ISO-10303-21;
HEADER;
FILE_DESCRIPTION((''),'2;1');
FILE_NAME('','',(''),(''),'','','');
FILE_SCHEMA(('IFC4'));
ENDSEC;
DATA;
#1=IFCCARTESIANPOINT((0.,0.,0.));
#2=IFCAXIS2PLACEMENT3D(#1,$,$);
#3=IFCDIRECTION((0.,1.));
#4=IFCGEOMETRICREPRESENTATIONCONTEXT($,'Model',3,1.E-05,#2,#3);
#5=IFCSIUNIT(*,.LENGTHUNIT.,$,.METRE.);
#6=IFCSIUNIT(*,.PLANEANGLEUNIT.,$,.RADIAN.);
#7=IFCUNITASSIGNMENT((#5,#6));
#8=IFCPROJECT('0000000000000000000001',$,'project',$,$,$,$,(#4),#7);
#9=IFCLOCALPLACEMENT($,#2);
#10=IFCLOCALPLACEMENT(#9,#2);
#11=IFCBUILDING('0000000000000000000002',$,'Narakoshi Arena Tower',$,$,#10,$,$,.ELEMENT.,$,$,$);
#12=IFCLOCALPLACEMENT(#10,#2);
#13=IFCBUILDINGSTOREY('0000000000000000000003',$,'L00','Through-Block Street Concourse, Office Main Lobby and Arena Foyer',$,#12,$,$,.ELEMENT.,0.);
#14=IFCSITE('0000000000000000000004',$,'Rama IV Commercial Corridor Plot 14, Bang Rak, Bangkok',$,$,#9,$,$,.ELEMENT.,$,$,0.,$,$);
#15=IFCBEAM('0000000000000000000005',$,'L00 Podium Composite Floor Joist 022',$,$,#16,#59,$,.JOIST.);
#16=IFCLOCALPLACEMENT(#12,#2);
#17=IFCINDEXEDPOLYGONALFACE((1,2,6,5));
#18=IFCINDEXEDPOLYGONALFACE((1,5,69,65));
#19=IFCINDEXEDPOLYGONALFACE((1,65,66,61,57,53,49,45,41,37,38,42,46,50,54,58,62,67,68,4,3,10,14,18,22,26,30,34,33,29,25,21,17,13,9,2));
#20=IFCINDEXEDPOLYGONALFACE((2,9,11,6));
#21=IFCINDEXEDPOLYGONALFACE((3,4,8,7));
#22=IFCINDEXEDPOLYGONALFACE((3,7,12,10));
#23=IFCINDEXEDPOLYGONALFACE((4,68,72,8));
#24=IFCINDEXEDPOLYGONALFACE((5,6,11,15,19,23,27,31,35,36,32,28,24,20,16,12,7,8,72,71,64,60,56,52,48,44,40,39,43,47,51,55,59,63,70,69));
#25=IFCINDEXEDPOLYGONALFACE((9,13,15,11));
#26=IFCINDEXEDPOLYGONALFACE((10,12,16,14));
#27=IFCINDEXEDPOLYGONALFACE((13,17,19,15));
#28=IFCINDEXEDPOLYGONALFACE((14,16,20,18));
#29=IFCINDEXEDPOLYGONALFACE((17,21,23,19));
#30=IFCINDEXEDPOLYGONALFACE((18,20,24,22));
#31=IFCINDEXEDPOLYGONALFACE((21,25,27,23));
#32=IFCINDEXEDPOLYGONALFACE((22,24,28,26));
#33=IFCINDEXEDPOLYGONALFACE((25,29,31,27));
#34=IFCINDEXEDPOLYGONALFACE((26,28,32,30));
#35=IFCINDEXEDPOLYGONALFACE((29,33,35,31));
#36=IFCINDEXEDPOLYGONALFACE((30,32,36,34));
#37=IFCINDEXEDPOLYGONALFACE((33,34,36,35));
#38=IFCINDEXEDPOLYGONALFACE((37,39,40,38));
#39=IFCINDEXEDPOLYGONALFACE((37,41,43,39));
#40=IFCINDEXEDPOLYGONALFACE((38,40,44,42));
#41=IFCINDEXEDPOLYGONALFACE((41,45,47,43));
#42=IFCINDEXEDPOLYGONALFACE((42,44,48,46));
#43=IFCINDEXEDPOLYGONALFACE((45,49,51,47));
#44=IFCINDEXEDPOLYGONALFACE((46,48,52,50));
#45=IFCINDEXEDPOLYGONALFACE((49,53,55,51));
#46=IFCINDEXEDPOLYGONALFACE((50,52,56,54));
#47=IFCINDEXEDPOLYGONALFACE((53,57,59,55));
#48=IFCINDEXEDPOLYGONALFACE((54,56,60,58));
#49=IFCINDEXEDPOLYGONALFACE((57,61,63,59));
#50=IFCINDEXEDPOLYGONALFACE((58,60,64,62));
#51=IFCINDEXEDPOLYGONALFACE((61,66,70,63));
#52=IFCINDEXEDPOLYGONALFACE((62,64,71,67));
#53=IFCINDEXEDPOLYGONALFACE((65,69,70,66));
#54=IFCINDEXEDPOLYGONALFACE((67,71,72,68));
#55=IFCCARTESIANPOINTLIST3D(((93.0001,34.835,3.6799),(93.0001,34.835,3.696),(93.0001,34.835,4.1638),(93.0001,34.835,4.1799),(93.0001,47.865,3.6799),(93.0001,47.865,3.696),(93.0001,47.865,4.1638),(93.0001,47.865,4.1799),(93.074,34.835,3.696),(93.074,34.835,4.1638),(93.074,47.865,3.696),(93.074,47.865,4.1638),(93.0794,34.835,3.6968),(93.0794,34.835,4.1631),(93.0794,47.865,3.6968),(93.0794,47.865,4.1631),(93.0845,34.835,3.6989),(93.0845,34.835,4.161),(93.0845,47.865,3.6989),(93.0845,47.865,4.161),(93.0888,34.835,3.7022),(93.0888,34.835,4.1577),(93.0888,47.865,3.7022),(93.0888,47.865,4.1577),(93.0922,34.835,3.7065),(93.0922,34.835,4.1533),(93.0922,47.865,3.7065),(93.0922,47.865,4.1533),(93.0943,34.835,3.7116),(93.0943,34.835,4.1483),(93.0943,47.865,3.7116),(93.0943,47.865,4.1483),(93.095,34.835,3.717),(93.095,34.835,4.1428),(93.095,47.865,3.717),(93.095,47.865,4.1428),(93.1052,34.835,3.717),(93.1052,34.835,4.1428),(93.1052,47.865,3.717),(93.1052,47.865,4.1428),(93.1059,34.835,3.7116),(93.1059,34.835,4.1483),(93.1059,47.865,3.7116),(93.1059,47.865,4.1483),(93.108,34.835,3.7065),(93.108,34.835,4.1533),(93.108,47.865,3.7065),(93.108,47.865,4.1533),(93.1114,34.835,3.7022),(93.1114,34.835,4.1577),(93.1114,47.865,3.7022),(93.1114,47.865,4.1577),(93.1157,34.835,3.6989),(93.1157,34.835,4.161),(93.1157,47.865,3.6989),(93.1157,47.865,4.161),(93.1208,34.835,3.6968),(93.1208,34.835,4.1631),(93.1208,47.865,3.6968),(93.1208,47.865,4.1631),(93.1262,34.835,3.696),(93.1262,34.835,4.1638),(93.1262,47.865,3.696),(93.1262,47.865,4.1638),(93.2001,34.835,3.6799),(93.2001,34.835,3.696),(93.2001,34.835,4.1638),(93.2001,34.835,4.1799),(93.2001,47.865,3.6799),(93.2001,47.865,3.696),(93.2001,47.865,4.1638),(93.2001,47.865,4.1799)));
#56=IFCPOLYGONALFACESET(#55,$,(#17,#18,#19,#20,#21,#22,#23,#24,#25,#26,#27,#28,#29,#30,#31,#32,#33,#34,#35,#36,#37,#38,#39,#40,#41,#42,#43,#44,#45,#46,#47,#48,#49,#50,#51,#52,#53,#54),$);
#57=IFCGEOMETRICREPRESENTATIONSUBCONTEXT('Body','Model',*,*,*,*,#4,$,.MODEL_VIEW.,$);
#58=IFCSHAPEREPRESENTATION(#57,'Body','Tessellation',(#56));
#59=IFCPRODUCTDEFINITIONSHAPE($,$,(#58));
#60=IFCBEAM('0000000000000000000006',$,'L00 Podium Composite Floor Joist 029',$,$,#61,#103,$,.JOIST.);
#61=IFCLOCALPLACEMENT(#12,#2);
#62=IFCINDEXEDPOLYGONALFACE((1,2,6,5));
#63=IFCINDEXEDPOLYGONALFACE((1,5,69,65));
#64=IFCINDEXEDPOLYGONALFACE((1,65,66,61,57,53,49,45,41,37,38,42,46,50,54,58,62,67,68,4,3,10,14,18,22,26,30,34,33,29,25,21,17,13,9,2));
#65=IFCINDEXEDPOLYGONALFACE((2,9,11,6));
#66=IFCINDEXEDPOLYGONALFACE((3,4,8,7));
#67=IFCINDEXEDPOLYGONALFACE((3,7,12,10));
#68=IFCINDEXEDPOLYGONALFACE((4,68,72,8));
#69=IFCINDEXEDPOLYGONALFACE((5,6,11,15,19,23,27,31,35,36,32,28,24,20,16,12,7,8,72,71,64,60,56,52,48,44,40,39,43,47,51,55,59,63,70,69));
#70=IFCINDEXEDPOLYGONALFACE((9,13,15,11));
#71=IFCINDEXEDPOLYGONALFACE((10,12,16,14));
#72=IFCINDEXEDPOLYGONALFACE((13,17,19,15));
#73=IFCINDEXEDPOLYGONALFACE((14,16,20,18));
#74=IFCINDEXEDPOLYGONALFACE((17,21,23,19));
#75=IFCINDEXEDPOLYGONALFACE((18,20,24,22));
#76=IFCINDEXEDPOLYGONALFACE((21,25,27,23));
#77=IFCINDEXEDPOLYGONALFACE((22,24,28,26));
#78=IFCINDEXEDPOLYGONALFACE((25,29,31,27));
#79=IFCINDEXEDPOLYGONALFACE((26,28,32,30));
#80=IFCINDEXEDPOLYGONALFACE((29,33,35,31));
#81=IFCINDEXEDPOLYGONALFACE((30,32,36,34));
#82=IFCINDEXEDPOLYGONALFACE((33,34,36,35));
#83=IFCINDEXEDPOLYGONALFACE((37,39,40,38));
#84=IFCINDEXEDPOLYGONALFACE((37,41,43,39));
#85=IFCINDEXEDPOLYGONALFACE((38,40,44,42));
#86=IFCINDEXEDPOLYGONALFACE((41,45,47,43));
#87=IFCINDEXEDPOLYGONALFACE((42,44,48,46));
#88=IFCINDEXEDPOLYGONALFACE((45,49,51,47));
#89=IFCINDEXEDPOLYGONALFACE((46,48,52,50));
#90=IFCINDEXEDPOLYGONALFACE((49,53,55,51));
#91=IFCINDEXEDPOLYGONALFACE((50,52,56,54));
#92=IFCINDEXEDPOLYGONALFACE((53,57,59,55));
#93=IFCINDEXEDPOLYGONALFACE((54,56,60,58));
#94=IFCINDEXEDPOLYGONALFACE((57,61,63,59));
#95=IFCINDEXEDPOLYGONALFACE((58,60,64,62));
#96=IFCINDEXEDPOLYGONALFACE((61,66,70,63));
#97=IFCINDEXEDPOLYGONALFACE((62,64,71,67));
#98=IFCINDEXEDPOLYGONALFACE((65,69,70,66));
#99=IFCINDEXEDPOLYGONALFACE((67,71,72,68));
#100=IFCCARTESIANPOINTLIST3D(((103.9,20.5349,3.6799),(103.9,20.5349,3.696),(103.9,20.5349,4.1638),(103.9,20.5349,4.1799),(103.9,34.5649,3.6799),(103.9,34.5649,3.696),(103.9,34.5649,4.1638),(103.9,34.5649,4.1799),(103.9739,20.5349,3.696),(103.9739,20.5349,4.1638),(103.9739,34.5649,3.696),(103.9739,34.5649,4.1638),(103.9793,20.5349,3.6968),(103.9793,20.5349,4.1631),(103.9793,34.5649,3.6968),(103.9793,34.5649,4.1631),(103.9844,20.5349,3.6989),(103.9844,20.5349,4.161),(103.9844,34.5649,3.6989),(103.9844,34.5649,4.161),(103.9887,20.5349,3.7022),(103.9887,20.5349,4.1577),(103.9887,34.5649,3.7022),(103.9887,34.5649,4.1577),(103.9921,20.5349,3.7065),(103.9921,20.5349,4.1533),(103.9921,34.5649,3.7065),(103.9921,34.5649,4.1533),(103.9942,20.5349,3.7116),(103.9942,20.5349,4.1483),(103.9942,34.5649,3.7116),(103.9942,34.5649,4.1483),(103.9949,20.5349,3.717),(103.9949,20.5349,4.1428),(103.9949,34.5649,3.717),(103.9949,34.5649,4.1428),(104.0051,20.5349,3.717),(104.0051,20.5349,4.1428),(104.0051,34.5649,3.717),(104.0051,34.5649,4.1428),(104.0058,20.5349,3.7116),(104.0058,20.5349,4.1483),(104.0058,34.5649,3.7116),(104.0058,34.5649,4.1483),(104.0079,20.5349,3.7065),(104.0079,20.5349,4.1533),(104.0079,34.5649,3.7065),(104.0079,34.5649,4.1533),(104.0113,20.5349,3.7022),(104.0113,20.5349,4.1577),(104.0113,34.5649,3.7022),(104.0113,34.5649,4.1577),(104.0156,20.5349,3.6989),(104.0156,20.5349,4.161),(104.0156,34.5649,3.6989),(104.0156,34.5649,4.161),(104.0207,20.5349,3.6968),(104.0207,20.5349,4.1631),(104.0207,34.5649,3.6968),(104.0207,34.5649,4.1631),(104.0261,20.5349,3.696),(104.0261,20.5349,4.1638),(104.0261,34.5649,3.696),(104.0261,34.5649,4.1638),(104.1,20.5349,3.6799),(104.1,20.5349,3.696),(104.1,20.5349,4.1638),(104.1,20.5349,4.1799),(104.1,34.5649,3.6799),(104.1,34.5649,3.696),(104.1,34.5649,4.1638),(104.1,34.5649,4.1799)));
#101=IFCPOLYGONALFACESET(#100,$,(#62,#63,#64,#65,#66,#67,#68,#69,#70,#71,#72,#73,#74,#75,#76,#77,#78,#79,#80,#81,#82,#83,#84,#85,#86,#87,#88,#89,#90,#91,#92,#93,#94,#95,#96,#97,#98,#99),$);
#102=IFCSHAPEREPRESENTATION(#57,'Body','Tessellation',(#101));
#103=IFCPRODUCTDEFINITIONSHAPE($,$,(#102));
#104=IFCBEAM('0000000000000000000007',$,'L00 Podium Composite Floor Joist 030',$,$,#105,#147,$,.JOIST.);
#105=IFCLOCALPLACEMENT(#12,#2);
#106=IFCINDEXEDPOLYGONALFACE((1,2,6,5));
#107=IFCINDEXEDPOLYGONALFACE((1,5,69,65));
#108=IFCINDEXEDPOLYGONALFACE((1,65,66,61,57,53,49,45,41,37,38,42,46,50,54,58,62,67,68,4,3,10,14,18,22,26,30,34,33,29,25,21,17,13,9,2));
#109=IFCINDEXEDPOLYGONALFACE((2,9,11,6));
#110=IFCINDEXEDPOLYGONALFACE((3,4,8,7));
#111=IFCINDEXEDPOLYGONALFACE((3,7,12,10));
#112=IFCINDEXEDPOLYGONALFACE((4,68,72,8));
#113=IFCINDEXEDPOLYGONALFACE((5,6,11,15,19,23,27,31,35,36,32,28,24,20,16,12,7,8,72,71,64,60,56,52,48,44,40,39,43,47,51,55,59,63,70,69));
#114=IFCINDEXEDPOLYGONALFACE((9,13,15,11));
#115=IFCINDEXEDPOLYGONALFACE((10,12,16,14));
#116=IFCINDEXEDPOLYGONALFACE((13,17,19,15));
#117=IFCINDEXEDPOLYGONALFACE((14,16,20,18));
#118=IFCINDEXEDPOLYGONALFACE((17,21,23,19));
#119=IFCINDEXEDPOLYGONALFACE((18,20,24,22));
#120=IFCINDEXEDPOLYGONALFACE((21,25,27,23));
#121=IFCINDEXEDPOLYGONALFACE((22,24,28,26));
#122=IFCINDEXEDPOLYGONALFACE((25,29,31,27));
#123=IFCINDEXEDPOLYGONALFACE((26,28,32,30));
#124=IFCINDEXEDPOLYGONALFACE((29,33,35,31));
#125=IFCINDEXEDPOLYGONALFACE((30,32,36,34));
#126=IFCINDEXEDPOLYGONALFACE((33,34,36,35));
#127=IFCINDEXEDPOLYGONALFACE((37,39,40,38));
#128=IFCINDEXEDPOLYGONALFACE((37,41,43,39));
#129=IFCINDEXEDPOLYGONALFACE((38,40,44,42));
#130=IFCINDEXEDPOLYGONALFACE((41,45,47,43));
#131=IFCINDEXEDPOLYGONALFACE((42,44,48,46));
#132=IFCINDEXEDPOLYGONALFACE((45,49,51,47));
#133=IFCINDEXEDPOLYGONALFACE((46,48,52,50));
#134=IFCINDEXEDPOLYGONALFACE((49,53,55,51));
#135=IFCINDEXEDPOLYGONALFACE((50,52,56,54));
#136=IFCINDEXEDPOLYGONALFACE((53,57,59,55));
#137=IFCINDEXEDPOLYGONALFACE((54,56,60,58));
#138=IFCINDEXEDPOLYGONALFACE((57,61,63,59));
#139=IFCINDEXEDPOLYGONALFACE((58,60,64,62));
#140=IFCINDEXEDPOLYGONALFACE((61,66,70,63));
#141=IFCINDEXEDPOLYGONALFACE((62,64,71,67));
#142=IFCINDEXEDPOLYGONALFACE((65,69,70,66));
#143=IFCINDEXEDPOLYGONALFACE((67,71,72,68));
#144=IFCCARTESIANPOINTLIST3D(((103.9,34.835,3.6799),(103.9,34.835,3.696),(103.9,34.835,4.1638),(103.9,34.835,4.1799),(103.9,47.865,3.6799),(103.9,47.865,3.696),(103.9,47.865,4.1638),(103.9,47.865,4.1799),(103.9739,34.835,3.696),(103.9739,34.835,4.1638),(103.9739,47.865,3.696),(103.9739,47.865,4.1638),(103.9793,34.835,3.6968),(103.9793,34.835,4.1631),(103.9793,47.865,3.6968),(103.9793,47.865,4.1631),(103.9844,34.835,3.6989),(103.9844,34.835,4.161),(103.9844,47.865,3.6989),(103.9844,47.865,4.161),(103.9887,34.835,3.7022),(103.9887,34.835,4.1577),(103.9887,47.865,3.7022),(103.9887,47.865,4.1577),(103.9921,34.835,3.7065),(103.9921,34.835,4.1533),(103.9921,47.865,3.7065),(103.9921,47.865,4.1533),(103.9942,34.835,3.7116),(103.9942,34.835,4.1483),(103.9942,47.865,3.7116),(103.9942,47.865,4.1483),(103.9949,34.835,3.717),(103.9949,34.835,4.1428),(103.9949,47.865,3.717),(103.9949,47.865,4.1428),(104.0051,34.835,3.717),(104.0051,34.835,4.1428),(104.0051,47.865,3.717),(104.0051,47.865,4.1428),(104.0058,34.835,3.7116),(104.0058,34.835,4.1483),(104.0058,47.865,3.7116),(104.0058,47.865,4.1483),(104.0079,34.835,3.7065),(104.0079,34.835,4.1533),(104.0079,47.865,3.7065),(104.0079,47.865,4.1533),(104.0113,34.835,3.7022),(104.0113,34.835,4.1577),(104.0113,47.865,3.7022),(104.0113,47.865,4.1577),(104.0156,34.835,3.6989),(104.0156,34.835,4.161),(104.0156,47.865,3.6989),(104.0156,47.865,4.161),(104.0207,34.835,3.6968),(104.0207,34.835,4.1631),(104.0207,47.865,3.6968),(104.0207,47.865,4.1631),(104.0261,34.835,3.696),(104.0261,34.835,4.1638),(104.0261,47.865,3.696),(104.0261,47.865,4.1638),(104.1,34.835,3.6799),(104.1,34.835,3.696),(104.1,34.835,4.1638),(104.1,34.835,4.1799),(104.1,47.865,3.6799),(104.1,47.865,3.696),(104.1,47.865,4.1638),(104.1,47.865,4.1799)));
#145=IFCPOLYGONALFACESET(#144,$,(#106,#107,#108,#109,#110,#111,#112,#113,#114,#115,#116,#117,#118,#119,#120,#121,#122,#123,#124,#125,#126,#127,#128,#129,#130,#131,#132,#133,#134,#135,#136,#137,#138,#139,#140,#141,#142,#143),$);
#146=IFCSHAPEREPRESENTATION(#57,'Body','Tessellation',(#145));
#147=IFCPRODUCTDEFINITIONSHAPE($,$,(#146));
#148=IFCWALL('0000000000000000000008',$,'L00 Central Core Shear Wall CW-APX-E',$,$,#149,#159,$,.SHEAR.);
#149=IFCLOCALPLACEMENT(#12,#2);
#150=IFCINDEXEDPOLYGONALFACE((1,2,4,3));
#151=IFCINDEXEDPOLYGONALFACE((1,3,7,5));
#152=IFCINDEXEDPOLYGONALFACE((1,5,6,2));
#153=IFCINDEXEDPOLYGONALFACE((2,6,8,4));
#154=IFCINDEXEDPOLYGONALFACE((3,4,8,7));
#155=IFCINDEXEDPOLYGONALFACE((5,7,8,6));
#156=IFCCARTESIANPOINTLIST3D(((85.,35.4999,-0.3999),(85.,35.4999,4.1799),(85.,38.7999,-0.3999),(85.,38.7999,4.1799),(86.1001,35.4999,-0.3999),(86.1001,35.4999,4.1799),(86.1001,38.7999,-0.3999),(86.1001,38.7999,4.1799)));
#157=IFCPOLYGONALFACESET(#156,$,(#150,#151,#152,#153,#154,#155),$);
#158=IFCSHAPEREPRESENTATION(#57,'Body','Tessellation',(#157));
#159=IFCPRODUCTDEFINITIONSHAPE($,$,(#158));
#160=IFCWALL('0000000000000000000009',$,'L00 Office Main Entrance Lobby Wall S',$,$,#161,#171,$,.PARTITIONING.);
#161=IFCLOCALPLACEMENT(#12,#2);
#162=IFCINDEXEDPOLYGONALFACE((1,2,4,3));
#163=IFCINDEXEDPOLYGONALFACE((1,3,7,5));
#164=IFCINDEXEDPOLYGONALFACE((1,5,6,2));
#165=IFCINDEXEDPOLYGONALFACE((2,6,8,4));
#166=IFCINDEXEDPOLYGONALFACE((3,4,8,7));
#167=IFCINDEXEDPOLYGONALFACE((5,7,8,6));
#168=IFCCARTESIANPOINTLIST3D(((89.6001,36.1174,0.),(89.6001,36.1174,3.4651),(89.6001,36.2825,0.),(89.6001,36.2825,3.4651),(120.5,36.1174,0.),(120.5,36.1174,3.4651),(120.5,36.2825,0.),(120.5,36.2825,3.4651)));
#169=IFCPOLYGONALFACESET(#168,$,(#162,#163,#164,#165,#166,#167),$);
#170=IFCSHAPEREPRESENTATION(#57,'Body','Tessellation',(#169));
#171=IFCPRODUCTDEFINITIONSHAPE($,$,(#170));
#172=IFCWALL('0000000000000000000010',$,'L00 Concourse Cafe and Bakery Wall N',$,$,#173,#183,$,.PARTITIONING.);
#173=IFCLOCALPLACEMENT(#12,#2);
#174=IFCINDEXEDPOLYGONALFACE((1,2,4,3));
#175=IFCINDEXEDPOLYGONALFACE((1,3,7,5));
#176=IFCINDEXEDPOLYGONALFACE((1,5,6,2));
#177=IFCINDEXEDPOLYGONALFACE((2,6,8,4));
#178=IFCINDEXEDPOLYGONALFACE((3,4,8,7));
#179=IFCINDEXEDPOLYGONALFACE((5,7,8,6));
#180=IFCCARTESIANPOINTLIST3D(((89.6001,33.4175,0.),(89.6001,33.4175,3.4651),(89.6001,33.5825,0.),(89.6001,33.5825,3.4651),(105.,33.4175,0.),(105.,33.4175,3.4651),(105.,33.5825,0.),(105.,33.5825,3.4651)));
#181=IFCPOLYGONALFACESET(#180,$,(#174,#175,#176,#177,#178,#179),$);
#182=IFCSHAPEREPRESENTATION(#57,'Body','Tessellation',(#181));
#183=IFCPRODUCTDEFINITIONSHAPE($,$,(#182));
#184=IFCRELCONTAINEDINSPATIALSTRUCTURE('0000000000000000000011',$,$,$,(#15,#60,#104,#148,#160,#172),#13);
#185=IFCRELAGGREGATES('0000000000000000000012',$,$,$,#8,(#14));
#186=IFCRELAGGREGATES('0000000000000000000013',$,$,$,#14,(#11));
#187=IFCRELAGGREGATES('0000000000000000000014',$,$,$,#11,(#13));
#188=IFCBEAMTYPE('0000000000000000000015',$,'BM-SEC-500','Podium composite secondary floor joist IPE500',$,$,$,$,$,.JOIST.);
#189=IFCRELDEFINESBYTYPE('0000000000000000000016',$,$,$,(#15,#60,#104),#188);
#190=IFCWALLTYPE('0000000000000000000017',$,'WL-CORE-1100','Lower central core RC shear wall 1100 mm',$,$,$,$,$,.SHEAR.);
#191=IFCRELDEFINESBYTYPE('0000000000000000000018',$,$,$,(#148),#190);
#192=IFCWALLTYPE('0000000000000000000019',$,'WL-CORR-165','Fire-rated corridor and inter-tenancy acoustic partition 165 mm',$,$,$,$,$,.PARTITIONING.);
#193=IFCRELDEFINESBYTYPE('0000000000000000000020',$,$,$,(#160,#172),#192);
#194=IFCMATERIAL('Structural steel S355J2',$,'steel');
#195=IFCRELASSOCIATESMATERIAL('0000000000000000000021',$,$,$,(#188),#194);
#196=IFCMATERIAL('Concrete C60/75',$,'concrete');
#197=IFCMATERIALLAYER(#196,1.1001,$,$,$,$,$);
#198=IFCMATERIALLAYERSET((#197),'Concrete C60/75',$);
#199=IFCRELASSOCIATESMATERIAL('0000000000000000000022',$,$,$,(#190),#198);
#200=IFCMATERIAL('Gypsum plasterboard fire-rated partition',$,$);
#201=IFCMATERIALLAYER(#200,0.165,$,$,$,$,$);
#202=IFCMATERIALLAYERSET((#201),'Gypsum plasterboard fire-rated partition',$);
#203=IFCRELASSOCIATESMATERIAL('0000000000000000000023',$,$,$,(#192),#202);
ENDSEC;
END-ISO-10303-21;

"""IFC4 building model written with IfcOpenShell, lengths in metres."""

from ifc_helpers import new_model, si_unit, direction, frame, frame_2d, origin, origin_2d, place, context, subcontext, project, spatial, rectangle, i_section, extrude, material, layer, layer_set, material_profile, profile_set, type_object, element, save


model = new_model("IFC4")

# Units and contexts
model_context = context("Model", 3, precision=1e-05, world=origin(), true_north=direction((0.0, 1.0)))
body_context = subcontext(model_context, "Body", "Model", "MODEL_VIEW")
ifc_project = project(units=[si_unit("LENGTHUNIT", "METRE"), si_unit("PLANEANGLEUNIT", "RADIAN")], contexts=[model_context])

# Site, building, storey
site_placement = place(None, origin())
site = spatial("IfcSite", under=ifc_project, at=site_placement, Name="Rama IV Commercial Corridor Plot 14, Bang Rak, Bangkok", CompositionType="ELEMENT", RefElevation=0.0)
building_placement = place(site_placement, origin())
building = spatial("IfcBuilding", under=site, at=building_placement, Name="Narakoshi Arena Tower", CompositionType="ELEMENT")
storey_placement = place(building_placement, origin())
storey = spatial("IfcBuildingStorey", under=building, at=storey_placement, Name="L00", Description="Through-Block Street Concourse, Office Main Lobby and Arena Foyer", CompositionType="ELEMENT", Elevation=0.0)

# Shared definitions
ifc_material_1 = material(Name="Concrete C60/75", Category="concrete")

# Beams
ifc_material_2 = material(Name="Structural steel S355J2", Category="steel")
ifc_material_profile_1 = material_profile(ifc_material_2, i_section(OverallWidth=0.2, OverallDepth=0.5, WebThickness=0.0103, FlangeThickness=0.0161, FilletRadius=0.021, at=origin_2d()), Name="IPE500")
ifc_profile_set_1 = profile_set([ifc_material_profile_1], Name="Structural steel S355J2")
beam_type_1 = type_object("IfcBeamType", Name="BM-SEC-500", Description="Podium composite secondary floor joist IPE500", PredefinedType="JOIST", material=ifc_profile_set_1)
beam_1_placement = place(storey_placement, frame((93.1001, 34.835, 3.9299), z_axis=(0.0, 1.0, 0.0), x_axis=(-1.0, 0.0, 0.0)))
element("IfcBeam", 1, at=beam_1_placement, inside=storey, type_object=beam_type_1, Name="L00 Podium Composite Floor Joist 022", PredefinedType="JOIST", context=body_context, shape_type="SweptSolid", body=[
    extrude(i_section(OverallWidth=0.2, OverallDepth=0.5, WebThickness=0.0103, FlangeThickness=0.0161, FilletRadius=0.021, at=origin_2d()), origin(), (0.0, 0.0, 1.0), 13.03),
])
beam_2_placement = place(storey_placement, frame((104.0, 20.5349, 3.9299), z_axis=(0.0, 1.0, 0.0), x_axis=(-1.0, 0.0, 0.0)))
element("IfcBeam", 2, at=beam_2_placement, inside=storey, type_object=beam_type_1, Name="L00 Podium Composite Floor Joist 029", PredefinedType="JOIST", context=body_context, shape_type="SweptSolid", body=[
    extrude(i_section(OverallWidth=0.2, OverallDepth=0.5, WebThickness=0.0103, FlangeThickness=0.0161, FilletRadius=0.021, at=origin_2d()), origin(), (0.0, 0.0, 1.0), 14.03),
])
beam_3_placement = place(storey_placement, frame((104.0, 34.835, 3.9299), z_axis=(0.0, 1.0, 0.0), x_axis=(-1.0, 0.0, 0.0)))
element("IfcBeam", 3, at=beam_3_placement, inside=storey, type_object=beam_type_1, Name="L00 Podium Composite Floor Joist 030", PredefinedType="JOIST", context=body_context, shape_type="SweptSolid", body=[
    extrude(i_section(OverallWidth=0.2, OverallDepth=0.5, WebThickness=0.0103, FlangeThickness=0.0161, FilletRadius=0.021, at=origin_2d()), origin(), (0.0, 0.0, 1.0), 13.03),
])

# Walls
ifc_layer_1 = layer(ifc_material_1, 1.1001)
ifc_layer_set_1 = layer_set([ifc_layer_1], Name="Concrete C60/75")
wall_type_1 = type_object("IfcWallType", Name="WL-CORE-1100", Description="Lower central core RC shear wall 1100 mm", PredefinedType="SHEAR", material=ifc_layer_set_1)
wall_1_placement = place(storey_placement, frame((85.55, 35.5, -0.3999), z_axis=(0.0, 0.0, 1.0), x_axis=(0.0, 1.0, 0.0)))
element("IfcWall", 4, at=wall_1_placement, inside=storey, type_object=wall_type_1, Name="L00 Central Core Shear Wall CW-APX-E", PredefinedType="SHEAR", context=body_context, shape_type="SweptSolid", body=[
    extrude(rectangle(XDim=3.3, YDim=1.1001, at=frame_2d((1.6499, 0.0))), origin(), (0.0, 0.0, 1.0), 4.5798),
])
ifc_material_3 = material(Name="Gypsum plasterboard fire-rated partition")
ifc_layer_2 = layer(ifc_material_3, 0.165)
ifc_layer_set_2 = layer_set([ifc_layer_2], Name="Gypsum plasterboard fire-rated partition")
wall_type_2 = type_object("IfcWallType", Name="WL-CORR-165", Description="Fire-rated corridor and inter-tenancy acoustic partition 165 mm", PredefinedType="PARTITIONING", material=ifc_layer_set_2)
wall_2_placement = place(storey_placement, frame((89.6001, 36.2, 0.0), z_axis=(0.0, 0.0, 1.0), x_axis=(1.0, 0.0, 0.0)))
element("IfcWall", 5, at=wall_2_placement, inside=storey, type_object=wall_type_2, Name="L00 Office Main Entrance Lobby Wall S", PredefinedType="PARTITIONING", context=body_context, shape_type="SweptSolid", body=[
    extrude(rectangle(XDim=30.8999, YDim=0.165, at=frame_2d((15.45, 0.0))), origin(), (0.0, 0.0, 1.0), 3.4651),
])
wall_3_placement = place(storey_placement, frame((105.0, 33.5, 0.0), z_axis=(0.0, 0.0, 1.0), x_axis=(-1.0, 0.0, 0.0)))
element("IfcWall", 6, at=wall_3_placement, inside=storey, type_object=wall_type_2, Name="L00 Concourse Cafe and Bakery Wall N", PredefinedType="PARTITIONING", context=body_context, shape_type="SweptSolid", body=[
    extrude(rectangle(XDim=15.3999, YDim=0.165, at=frame_2d((7.7, 0.0))), origin(), (0.0, 0.0, 1.0), 3.4651),
])

save(model, "model.ifc")
